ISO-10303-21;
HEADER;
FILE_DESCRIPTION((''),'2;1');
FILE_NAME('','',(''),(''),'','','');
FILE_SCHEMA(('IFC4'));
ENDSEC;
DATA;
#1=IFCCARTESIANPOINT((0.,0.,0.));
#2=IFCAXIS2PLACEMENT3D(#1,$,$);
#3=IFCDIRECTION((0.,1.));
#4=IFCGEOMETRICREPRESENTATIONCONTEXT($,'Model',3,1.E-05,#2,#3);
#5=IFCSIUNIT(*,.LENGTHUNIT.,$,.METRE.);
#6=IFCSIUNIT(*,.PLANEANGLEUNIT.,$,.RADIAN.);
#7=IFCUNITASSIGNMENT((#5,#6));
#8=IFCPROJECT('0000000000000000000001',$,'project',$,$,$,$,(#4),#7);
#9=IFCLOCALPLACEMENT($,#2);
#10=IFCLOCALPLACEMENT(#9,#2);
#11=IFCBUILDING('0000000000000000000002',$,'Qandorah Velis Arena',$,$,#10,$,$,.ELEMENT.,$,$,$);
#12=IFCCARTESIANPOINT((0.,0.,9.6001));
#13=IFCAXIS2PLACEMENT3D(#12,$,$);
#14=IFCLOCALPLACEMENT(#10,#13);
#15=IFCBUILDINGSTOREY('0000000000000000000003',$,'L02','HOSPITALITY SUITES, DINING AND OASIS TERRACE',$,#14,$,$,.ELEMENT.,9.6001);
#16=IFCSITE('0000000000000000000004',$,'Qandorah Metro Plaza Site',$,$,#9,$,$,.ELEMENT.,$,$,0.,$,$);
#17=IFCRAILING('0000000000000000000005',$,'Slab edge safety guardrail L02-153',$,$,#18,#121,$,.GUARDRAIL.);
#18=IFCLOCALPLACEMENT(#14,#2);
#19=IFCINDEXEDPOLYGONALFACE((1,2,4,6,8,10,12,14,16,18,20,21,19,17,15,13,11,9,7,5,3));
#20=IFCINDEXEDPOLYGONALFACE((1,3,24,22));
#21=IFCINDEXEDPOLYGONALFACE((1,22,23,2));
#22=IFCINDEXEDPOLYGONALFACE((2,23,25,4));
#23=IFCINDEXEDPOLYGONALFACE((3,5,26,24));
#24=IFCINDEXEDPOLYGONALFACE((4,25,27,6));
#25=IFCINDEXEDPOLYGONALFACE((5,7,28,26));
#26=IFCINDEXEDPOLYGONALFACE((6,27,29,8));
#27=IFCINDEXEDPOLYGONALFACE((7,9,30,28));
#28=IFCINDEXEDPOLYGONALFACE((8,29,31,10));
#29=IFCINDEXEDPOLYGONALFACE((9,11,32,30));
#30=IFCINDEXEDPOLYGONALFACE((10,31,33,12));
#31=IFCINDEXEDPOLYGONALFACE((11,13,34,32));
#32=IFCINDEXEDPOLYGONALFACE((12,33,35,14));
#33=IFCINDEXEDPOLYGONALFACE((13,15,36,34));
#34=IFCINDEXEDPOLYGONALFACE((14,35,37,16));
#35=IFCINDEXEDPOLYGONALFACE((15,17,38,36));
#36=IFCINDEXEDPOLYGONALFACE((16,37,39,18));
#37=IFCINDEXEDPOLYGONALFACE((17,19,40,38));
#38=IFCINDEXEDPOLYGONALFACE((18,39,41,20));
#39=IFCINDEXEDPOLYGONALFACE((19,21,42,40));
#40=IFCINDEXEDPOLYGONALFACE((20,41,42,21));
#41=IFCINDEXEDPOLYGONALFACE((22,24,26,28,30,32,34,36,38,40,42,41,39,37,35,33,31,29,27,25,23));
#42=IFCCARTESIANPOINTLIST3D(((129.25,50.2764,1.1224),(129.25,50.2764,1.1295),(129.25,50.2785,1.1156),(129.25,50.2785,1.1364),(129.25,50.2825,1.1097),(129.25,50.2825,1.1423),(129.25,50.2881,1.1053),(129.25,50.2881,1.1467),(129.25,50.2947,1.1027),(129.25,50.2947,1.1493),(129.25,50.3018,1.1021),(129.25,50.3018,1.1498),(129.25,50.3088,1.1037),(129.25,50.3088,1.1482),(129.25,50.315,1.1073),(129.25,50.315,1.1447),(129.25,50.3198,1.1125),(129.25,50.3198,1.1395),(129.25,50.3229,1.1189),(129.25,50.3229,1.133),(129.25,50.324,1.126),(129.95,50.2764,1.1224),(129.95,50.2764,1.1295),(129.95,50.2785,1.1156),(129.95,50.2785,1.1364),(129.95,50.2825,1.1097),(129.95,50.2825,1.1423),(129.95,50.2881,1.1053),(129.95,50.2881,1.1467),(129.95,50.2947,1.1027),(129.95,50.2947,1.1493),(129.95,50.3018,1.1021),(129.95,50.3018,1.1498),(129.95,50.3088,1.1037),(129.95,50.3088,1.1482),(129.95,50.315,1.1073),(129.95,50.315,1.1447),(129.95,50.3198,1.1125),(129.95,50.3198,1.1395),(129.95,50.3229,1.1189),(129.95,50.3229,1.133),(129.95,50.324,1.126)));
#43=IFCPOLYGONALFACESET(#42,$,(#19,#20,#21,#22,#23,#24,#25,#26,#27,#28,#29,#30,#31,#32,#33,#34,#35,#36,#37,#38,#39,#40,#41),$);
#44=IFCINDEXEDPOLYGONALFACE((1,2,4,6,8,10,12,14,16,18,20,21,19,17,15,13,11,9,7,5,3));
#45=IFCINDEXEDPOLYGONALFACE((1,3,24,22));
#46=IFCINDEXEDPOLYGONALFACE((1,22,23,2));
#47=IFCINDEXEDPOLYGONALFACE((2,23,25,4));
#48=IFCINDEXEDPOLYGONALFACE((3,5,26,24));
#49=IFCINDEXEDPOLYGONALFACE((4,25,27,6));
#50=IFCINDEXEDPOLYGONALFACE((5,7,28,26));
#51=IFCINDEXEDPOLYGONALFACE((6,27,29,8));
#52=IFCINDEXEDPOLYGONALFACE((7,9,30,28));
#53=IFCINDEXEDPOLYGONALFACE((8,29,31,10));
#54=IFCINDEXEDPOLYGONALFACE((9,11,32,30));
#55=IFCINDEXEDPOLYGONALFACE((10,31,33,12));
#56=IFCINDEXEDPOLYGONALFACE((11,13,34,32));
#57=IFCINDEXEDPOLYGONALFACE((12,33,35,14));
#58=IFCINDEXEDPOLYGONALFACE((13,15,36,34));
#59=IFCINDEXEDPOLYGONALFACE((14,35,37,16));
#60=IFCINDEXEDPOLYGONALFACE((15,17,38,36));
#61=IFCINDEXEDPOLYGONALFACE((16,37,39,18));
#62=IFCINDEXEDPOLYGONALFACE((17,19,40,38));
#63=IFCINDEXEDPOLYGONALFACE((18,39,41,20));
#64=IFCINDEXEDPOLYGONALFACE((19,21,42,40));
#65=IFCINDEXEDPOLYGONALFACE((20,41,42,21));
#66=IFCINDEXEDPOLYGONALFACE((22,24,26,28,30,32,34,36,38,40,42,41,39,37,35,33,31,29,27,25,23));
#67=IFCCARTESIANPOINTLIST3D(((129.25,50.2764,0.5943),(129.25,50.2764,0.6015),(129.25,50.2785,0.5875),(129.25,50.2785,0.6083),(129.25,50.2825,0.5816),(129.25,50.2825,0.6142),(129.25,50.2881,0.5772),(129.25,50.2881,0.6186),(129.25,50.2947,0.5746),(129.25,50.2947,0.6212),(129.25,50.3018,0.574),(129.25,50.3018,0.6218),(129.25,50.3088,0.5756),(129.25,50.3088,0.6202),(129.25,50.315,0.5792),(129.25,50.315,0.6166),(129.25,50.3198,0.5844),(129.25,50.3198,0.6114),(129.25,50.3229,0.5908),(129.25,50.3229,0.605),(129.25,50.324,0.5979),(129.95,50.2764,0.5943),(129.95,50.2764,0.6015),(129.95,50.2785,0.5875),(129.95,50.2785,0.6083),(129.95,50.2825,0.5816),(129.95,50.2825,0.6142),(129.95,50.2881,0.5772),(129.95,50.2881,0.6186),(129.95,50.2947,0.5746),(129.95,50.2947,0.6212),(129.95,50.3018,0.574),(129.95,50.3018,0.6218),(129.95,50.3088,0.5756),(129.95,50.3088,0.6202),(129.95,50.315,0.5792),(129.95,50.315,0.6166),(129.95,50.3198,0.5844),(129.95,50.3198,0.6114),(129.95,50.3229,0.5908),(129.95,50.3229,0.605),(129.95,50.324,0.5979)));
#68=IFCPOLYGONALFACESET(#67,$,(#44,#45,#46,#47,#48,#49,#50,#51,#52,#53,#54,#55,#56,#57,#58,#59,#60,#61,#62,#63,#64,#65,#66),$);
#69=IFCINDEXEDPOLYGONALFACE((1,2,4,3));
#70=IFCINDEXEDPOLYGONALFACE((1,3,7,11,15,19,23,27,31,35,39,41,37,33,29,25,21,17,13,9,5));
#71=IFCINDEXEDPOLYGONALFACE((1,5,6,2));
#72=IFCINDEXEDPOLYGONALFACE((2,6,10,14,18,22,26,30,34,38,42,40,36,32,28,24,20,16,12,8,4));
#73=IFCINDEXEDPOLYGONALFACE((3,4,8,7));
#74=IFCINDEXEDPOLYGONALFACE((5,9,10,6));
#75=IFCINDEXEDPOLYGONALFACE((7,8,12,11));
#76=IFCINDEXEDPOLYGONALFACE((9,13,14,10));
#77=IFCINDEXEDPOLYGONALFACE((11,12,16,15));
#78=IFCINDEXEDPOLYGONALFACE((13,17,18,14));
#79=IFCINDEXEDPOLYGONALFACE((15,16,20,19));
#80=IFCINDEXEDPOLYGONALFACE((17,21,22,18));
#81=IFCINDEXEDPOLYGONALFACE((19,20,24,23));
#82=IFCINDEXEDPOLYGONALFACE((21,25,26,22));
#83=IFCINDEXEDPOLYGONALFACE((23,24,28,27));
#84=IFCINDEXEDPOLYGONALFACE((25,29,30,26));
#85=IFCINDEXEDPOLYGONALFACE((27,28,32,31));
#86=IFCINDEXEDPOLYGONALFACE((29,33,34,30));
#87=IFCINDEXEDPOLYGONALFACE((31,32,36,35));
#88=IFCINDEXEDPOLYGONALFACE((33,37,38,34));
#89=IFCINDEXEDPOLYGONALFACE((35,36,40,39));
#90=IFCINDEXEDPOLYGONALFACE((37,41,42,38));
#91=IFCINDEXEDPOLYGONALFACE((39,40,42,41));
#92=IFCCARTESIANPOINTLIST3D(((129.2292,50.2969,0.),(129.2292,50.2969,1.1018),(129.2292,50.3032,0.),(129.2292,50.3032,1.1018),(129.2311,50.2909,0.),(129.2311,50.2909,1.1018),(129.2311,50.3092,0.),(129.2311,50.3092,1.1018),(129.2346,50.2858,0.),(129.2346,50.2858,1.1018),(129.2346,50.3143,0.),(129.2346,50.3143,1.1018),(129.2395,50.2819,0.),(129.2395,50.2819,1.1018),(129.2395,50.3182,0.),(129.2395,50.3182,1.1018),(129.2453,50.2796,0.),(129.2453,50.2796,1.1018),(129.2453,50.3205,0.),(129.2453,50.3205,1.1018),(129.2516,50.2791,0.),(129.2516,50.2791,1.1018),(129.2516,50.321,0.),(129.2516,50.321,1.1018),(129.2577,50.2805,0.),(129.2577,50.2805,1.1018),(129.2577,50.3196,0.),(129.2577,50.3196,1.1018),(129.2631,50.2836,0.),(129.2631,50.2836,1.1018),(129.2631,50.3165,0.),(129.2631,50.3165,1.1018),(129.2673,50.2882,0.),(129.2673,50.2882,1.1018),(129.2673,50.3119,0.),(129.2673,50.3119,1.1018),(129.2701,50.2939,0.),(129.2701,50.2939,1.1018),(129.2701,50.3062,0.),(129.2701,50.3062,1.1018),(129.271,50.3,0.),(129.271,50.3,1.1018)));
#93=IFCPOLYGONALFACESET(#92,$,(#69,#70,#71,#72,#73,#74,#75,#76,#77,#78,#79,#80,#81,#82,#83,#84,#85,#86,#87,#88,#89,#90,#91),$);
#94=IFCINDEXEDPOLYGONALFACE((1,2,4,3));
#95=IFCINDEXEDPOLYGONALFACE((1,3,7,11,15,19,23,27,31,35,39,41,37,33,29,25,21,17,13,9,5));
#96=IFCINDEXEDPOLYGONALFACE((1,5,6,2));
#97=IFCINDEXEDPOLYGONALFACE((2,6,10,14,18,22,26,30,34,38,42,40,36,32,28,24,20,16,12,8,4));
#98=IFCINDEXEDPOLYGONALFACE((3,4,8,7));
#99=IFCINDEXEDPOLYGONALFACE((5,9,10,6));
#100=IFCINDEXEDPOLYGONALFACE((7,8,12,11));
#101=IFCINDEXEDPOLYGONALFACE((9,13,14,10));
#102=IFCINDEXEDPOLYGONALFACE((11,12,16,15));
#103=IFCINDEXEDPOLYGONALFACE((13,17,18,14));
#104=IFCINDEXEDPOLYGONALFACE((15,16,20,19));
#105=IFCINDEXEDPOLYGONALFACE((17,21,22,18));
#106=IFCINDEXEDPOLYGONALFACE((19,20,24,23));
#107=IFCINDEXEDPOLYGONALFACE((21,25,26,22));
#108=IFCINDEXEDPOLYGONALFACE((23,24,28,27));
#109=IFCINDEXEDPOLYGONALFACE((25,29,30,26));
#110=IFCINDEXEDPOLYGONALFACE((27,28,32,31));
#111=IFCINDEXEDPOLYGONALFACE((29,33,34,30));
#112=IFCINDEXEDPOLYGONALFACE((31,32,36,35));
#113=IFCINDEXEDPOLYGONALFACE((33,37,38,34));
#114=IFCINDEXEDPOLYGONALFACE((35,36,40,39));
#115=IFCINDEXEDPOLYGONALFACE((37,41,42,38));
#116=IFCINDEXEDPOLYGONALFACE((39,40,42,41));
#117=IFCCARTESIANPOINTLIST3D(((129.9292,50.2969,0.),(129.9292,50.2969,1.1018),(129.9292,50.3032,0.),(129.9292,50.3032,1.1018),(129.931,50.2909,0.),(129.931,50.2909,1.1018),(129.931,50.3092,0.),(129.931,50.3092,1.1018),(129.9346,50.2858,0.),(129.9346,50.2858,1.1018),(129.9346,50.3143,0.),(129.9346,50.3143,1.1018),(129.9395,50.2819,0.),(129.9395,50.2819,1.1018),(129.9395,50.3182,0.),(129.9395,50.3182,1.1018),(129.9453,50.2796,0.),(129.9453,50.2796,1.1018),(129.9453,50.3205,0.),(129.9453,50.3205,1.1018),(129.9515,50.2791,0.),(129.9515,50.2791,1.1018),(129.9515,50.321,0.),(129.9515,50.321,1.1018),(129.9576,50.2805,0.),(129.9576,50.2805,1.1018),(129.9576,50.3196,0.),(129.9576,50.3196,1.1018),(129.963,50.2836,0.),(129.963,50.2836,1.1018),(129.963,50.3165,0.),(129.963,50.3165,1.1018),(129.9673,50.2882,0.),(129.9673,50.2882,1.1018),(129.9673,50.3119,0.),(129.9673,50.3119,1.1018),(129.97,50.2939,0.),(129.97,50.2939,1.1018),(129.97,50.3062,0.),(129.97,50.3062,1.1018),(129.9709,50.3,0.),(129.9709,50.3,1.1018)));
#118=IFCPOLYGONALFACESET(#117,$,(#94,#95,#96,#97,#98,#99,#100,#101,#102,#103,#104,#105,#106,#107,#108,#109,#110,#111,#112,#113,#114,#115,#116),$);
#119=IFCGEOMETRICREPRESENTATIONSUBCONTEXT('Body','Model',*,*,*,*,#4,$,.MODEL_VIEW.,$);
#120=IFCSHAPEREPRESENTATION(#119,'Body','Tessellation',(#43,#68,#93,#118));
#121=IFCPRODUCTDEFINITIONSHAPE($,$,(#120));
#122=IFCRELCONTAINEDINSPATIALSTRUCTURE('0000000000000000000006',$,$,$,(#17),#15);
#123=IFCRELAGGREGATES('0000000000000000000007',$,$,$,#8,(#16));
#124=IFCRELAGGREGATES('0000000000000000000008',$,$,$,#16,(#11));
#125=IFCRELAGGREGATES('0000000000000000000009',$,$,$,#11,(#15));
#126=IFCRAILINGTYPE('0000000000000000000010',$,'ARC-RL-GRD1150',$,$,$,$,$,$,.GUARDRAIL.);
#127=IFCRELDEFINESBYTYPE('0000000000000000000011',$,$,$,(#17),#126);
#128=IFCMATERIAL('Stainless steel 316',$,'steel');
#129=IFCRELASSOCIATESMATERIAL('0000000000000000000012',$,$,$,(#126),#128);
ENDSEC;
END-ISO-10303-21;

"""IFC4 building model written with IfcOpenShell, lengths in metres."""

from ifc_helpers import new_model, si_unit, direction, frame, origin, origin_2d, place, context, subcontext, project, spatial, circle, extrude, material, type_object, element, save


model = new_model("IFC4")

# Units and contexts
model_context = context("Model", 3, precision=1e-05, world=origin(), true_north=direction((0.0, 1.0)))
body_context = subcontext(model_context, "Body", "Model", "MODEL_VIEW")
ifc_project = project(units=[si_unit("LENGTHUNIT", "METRE"), si_unit("PLANEANGLEUNIT", "RADIAN")], contexts=[model_context])

# Site, building, storey
site_placement = place(None, origin())
site = spatial("IfcSite", under=ifc_project, at=site_placement, Name="Qandorah Metro Plaza Site", CompositionType="ELEMENT", RefElevation=0.0)
building_placement = place(site_placement, origin())
building = spatial("IfcBuilding", under=site, at=building_placement, Name="Qandorah Velis Arena", CompositionType="ELEMENT")
storey_placement = place(building_placement, frame((0.0, 0.0, 9.6001)))
storey = spatial("IfcBuildingStorey", under=building, at=storey_placement, Name="L02", Description="HOSPITALITY SUITES, DINING AND OASIS TERRACE", CompositionType="ELEMENT", Elevation=9.6001)

# Railing
ifc_material_1 = material(Name="Stainless steel 316", Category="steel")
railing_type_1 = type_object("IfcRailingType", Name="ARC-RL-GRD1150", PredefinedType="GUARDRAIL", material=ifc_material_1)
railing_1_placement = place(storey_placement, frame((129.25, 50.3, 0.0)))
element("IfcRailing", 1, at=railing_1_placement, inside=storey, type_object=railing_type_1, Name="Slab edge safety guardrail L02-153", PredefinedType="GUARDRAIL", context=body_context, shape_type="SweptSolid", body=[
    extrude(circle(Radius=0.0239, at=origin_2d()), frame((0.0, 0.0, 1.126), z_axis=(1.0, 0.0, 0.0), x_axis=(0.0, 1.0, 0.0)), (0.0, 0.0, 1.0), 0.7),
    extrude(circle(Radius=0.0239, at=origin_2d()), frame((0.0, 0.0, 0.5979), z_axis=(1.0, 0.0, 0.0), x_axis=(0.0, 1.0, 0.0)), (0.0, 0.0, 1.0), 0.7),
    extrude(circle(Radius=0.021, at=origin_2d()), origin(), (0.0, 0.0, 1.0), 1.1018),
    extrude(circle(Radius=0.021, at=origin_2d()), frame((0.7, 0.0, 0.0)), (0.0, 0.0, 1.0), 1.1018),
])

save(model, "model.ifc")
